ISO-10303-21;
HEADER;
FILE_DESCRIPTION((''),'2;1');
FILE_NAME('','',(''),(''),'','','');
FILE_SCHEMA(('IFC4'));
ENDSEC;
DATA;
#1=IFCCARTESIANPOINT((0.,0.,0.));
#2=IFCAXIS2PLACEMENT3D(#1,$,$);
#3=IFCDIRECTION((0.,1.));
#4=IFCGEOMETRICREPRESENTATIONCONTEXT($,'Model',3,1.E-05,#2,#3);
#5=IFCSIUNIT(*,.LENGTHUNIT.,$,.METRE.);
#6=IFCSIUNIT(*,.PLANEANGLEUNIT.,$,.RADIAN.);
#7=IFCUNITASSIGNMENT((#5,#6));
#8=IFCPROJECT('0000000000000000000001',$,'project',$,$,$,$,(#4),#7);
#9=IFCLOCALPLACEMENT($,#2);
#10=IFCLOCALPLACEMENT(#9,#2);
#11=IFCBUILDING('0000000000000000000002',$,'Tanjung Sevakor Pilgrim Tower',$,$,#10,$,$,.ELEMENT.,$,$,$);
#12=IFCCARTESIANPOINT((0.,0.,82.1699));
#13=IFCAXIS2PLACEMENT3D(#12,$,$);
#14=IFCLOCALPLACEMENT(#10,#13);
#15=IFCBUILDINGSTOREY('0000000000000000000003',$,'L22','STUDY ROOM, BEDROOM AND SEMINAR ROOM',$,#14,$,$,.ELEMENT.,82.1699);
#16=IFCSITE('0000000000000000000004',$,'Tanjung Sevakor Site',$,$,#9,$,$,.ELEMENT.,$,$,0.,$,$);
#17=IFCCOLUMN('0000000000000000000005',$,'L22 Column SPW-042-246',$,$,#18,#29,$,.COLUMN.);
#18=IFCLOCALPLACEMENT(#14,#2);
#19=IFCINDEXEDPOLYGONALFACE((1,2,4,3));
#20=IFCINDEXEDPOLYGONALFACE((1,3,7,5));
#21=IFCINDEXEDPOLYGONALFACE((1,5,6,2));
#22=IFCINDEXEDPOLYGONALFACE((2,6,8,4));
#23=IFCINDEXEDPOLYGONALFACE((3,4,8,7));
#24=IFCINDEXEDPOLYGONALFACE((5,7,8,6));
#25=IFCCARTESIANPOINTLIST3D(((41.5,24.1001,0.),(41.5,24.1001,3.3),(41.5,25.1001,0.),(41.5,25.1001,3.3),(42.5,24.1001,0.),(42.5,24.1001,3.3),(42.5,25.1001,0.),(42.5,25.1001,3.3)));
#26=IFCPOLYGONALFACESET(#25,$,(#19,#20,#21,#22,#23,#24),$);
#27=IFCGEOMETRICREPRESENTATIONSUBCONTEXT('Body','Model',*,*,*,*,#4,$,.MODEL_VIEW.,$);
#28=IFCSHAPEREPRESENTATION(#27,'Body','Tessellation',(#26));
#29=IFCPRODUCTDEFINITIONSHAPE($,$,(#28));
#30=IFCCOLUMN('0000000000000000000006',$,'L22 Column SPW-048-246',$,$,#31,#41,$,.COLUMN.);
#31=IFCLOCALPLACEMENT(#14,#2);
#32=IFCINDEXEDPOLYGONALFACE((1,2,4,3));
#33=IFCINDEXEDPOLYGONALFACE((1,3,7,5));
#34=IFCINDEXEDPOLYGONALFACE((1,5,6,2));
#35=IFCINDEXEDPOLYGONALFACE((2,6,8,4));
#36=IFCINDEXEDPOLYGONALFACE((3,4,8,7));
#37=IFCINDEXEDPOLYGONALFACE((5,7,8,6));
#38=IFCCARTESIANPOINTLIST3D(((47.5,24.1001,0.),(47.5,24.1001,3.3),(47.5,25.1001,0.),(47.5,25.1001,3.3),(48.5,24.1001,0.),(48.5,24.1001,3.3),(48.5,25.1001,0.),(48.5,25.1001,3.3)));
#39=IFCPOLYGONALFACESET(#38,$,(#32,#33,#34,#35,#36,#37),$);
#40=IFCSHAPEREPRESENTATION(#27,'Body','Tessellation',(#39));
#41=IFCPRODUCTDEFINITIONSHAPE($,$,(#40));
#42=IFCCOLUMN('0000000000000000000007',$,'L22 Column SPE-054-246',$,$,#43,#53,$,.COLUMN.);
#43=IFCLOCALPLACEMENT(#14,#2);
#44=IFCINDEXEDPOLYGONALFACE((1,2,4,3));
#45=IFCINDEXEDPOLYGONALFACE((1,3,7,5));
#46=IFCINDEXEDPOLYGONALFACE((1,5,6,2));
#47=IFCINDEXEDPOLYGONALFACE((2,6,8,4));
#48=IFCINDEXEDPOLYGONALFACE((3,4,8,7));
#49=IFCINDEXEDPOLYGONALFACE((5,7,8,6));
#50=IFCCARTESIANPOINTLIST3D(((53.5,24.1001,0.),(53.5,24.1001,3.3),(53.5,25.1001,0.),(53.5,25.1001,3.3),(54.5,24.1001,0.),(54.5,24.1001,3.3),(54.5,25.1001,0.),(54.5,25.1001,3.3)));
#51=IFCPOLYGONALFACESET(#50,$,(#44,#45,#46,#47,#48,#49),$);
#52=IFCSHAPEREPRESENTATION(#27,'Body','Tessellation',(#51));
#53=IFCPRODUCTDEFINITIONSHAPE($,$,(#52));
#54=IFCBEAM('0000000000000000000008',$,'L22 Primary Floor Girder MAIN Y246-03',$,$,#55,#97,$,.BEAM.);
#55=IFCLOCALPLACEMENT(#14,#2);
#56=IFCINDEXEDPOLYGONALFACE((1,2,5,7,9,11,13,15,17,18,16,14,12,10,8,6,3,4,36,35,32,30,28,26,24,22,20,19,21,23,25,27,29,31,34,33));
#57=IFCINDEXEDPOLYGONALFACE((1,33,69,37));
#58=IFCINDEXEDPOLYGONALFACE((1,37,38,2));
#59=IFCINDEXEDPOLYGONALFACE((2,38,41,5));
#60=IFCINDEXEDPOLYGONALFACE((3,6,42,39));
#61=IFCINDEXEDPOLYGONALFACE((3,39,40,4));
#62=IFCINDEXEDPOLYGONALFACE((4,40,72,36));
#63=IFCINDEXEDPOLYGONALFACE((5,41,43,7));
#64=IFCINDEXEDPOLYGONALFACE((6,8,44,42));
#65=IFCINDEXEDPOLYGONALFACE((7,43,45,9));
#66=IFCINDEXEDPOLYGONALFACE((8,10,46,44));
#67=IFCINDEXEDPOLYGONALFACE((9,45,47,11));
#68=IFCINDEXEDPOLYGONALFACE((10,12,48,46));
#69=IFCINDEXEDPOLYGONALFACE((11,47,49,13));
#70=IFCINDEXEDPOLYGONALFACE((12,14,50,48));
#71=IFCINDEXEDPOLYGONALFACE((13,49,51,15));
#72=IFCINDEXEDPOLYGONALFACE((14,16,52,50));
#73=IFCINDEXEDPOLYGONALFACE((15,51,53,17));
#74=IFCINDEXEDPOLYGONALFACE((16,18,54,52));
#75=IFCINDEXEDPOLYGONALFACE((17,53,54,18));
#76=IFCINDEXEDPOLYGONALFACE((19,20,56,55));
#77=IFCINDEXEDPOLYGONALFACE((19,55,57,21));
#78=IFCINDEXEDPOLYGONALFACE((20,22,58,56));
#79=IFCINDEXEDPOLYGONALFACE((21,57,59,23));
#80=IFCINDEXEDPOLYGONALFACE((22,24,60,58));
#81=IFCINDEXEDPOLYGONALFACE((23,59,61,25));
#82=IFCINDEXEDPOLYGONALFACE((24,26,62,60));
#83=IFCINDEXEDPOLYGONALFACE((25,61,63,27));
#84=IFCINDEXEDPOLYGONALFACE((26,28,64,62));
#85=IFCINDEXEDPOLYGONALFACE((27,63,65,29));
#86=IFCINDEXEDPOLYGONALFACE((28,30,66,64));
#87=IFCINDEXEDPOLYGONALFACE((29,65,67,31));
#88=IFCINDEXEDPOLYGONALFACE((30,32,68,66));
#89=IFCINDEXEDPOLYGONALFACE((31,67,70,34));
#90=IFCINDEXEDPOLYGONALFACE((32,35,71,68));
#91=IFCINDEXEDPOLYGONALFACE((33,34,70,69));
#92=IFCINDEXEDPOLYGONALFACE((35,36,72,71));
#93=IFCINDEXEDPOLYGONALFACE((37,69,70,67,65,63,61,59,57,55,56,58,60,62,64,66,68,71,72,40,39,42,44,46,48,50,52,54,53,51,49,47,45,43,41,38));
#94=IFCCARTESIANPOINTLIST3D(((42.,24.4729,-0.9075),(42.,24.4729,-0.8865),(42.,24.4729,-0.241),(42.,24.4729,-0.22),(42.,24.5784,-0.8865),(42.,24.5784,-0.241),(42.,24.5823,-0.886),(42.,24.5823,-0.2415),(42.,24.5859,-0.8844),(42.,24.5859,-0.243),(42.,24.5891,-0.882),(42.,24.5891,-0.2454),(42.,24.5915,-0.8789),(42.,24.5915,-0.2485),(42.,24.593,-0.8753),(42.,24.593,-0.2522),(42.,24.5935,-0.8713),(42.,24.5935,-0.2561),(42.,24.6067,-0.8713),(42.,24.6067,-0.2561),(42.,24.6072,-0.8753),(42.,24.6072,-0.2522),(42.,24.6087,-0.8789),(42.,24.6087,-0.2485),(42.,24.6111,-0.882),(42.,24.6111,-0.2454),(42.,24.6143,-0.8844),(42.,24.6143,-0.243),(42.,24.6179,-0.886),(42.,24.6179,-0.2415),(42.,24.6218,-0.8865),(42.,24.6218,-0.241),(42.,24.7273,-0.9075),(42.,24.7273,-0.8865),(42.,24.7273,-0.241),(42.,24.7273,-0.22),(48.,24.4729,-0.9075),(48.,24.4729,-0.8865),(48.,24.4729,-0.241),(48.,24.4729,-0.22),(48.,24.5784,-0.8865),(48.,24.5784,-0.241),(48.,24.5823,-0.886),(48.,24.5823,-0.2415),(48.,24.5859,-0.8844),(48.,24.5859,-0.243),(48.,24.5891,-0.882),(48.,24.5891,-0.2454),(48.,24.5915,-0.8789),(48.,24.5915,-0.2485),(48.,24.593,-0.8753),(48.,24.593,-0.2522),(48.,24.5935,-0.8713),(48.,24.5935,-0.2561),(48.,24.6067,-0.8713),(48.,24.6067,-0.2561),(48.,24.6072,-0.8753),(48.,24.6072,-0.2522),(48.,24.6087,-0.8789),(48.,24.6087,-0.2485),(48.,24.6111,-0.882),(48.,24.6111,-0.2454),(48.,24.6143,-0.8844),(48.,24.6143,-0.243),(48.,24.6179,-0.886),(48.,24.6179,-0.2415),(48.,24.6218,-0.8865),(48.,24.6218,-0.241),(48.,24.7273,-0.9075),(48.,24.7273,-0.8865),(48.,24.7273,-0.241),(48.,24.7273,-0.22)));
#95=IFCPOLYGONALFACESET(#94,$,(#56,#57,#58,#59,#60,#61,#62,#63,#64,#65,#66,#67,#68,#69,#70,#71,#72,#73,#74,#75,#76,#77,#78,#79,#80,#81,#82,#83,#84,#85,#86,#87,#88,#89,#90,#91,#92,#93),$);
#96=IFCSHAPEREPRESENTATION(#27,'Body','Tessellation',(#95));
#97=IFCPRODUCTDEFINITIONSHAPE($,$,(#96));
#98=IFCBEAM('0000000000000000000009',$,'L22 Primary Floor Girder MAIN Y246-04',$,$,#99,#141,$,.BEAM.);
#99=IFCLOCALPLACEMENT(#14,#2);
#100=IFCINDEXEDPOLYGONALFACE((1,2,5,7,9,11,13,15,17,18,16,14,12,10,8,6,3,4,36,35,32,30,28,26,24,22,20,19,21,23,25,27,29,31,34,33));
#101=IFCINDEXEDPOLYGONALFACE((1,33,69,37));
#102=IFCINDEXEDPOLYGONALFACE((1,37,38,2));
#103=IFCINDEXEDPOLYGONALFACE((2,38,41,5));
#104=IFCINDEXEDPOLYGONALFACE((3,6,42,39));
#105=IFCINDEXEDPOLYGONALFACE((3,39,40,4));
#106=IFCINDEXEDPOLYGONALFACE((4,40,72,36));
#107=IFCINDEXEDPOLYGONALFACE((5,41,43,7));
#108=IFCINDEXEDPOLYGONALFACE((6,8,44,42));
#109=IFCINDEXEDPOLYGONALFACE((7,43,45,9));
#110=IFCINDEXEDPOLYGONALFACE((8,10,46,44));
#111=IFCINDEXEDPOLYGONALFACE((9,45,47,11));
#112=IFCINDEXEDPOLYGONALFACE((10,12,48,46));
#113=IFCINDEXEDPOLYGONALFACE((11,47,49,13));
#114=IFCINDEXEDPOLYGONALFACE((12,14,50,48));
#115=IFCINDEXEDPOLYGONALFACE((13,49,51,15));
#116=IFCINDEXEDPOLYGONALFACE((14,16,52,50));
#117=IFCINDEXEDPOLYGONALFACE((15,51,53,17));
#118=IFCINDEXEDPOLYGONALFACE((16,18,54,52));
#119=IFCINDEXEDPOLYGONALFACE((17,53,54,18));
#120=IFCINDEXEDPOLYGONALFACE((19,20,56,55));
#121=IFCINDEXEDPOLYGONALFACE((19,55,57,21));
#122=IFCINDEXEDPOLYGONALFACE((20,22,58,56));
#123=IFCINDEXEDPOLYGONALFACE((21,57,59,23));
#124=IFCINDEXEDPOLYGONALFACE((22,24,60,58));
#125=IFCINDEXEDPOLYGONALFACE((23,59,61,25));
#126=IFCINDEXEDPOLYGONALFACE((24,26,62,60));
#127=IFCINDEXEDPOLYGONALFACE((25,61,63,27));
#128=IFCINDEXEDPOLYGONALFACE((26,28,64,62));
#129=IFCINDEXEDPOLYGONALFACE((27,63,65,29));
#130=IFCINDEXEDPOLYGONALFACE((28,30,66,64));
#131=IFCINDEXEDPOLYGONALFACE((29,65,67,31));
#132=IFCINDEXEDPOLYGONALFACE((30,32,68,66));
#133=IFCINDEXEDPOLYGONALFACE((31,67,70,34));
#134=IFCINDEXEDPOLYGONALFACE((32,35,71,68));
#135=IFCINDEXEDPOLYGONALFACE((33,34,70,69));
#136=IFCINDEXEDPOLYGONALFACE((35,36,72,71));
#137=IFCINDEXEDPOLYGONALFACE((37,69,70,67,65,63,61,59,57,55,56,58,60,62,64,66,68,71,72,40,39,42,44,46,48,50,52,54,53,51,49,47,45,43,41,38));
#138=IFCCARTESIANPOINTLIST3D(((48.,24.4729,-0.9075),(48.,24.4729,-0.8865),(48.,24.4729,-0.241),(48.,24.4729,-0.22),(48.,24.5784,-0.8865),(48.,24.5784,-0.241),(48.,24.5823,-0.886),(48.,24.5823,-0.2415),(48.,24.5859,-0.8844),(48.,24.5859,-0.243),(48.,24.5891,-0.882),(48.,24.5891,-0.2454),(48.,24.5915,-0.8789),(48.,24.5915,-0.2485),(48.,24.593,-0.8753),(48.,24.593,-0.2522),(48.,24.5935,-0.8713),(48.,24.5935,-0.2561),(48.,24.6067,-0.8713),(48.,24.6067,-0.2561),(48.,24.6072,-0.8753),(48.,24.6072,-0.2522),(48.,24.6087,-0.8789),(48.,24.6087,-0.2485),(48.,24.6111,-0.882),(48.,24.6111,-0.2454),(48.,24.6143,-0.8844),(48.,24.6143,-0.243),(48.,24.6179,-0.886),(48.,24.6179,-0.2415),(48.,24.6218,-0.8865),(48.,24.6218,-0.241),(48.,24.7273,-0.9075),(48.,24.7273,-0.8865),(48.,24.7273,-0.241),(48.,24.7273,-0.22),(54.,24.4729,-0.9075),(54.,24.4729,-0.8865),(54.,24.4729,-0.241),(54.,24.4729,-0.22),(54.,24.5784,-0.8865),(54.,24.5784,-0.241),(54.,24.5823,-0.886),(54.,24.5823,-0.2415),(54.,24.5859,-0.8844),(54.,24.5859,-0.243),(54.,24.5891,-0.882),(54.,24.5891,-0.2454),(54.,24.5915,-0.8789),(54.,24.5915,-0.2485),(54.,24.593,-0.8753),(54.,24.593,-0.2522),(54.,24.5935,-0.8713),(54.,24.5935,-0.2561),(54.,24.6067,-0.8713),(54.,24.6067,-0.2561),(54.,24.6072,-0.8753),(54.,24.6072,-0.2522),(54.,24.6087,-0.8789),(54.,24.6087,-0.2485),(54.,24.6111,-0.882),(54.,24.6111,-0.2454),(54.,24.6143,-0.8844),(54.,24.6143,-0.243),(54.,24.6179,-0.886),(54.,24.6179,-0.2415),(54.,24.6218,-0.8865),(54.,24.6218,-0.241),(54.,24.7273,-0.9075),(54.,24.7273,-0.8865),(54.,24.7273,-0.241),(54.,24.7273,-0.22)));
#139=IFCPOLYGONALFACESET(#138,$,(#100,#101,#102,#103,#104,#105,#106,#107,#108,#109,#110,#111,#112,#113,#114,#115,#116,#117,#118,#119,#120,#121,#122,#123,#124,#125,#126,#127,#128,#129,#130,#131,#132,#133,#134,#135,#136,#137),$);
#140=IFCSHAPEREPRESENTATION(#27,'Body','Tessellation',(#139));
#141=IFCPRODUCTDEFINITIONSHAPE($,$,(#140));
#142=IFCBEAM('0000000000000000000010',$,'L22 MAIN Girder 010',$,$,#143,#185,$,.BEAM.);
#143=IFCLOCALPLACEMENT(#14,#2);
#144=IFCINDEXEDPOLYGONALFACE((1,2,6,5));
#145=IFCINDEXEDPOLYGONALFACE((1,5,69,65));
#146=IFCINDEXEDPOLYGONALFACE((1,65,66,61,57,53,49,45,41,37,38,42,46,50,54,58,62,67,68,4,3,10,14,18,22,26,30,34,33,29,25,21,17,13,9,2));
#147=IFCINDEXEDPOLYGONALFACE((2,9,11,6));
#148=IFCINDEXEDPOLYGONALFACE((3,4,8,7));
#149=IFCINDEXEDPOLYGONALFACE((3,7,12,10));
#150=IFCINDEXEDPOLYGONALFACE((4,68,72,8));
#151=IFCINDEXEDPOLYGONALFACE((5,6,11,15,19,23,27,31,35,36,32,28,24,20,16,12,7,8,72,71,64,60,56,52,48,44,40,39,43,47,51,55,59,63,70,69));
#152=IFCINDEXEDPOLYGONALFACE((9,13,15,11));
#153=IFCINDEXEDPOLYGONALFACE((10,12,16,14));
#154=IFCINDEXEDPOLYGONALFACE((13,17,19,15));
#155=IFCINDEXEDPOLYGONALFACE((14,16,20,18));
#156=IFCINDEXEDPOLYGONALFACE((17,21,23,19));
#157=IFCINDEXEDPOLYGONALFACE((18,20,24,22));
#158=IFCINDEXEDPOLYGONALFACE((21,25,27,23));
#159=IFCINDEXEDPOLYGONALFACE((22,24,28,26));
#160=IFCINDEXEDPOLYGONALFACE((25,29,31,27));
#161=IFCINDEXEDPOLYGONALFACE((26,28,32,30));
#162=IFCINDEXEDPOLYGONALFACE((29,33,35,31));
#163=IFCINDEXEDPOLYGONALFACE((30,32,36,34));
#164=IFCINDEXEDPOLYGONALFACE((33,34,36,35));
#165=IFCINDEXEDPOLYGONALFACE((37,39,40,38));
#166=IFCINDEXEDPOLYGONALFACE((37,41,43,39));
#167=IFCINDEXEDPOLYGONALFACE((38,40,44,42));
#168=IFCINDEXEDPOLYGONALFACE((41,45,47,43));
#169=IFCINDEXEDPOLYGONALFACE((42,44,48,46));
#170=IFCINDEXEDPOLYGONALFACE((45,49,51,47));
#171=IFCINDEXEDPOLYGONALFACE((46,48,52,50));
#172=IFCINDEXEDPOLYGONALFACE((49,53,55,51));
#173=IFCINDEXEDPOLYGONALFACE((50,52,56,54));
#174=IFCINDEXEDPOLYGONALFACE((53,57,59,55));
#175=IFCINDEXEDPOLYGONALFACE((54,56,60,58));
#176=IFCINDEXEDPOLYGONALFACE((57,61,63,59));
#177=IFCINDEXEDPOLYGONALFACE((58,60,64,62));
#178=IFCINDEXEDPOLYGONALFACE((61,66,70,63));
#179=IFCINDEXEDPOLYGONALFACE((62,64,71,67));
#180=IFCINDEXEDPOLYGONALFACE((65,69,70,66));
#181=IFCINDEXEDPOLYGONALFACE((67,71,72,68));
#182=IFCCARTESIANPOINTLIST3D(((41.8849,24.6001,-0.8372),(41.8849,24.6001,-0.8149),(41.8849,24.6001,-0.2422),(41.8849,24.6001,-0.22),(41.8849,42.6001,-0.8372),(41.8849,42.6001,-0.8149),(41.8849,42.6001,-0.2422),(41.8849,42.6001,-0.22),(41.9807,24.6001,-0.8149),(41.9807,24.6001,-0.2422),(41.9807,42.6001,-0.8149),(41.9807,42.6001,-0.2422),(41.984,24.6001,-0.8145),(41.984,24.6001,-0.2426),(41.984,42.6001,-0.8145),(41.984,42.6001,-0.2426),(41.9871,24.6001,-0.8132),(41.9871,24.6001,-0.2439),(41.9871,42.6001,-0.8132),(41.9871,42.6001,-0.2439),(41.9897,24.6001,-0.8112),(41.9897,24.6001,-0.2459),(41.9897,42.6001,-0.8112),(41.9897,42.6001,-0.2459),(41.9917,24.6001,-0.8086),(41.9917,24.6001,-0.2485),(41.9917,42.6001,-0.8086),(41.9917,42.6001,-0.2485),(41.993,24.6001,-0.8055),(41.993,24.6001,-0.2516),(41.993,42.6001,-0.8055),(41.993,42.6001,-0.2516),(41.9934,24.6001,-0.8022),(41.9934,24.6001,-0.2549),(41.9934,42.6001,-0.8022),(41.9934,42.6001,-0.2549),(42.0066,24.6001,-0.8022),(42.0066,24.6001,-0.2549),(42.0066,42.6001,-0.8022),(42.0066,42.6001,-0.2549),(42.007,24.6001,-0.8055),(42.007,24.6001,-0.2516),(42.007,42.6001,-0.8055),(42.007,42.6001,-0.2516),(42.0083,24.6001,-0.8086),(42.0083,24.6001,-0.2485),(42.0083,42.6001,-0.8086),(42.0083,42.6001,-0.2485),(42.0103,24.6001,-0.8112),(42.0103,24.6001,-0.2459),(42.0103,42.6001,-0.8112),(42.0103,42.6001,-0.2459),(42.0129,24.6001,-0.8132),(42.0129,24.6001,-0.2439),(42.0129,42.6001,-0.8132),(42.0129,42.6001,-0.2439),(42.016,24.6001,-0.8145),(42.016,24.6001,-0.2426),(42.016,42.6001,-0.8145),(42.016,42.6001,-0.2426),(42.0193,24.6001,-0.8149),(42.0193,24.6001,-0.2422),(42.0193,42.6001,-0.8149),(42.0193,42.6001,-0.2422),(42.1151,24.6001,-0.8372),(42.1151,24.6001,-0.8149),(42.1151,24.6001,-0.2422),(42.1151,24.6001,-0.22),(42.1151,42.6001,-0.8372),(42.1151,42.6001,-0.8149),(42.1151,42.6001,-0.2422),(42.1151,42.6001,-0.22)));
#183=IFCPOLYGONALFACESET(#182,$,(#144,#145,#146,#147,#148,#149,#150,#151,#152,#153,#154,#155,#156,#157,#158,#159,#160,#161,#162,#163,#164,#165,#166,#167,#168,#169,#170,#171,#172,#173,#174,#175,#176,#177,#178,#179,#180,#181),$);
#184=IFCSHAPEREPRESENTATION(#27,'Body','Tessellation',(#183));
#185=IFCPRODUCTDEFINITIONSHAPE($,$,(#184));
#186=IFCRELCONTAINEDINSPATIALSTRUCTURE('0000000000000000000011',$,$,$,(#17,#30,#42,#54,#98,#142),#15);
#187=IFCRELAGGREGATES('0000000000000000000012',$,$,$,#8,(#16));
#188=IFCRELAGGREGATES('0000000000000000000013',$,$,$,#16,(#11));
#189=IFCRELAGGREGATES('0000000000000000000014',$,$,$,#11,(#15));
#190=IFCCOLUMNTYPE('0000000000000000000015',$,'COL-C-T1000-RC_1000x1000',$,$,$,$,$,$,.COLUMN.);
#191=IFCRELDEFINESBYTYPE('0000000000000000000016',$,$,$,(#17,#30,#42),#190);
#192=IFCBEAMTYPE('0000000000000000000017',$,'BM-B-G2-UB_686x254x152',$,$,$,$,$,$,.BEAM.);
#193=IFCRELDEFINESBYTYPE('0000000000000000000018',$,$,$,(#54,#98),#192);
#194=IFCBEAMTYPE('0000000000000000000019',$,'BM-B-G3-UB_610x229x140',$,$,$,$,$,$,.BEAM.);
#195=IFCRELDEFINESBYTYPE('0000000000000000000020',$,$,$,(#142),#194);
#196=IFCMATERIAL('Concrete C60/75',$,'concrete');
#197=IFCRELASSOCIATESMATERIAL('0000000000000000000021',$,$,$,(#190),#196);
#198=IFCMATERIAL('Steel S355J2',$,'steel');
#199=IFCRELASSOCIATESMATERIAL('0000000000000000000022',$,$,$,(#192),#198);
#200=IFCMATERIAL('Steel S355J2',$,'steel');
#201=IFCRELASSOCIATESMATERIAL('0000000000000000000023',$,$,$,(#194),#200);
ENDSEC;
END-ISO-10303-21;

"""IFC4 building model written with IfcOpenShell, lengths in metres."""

from ifc_helpers import new_model, si_unit, direction, frame, origin, origin_2d, place, context, subcontext, project, spatial, rectangle, i_section, extrude, material, material_profile, profile_set, type_object, element, save


model = new_model("IFC4")

# Units and contexts
model_context = context("Model", 3, precision=1e-05, world=origin(), true_north=direction((0.0, 1.0)))
body_context = subcontext(model_context, "Body", "Model", "MODEL_VIEW")
ifc_project = project(units=[si_unit("LENGTHUNIT", "METRE"), si_unit("PLANEANGLEUNIT", "RADIAN")], contexts=[model_context])

# Site, building, storey
site_placement = place(None, origin())
site = spatial("IfcSite", under=ifc_project, at=site_placement, Name="Tanjung Sevakor Site", CompositionType="ELEMENT", RefElevation=0.0)
building_placement = place(site_placement, origin())
building = spatial("IfcBuilding", under=site, at=building_placement, Name="Tanjung Sevakor Pilgrim Tower", CompositionType="ELEMENT")
storey_placement = place(building_placement, frame((0.0, 0.0, 82.1699)))
storey = spatial("IfcBuildingStorey", under=building, at=storey_placement, Name="L22", Description="STUDY ROOM, BEDROOM AND SEMINAR ROOM", CompositionType="ELEMENT", Elevation=82.1699)

# Columns
ifc_material_1 = material(Name="Concrete C60/75", Category="concrete")
ifc_material_profile_1 = material_profile(ifc_material_1, rectangle(XDim=1.0, YDim=1.0, at=origin_2d()))
ifc_profile_set_1 = profile_set([ifc_material_profile_1], Name="Concrete C60/75")
column_type = type_object("IfcColumnType", Name="COL-C-T1000-RC_1000x1000", PredefinedType="COLUMN", material=ifc_profile_set_1)
for number, where, z_axis, x_axis, name in (
    (1, (42.0, 24.6001, 0.0), (0.0, 0.0, 1.0), (1.0, 0.0, 0.0), "L22 Column SPW-042-246"),
    (2, (48.0, 24.6001, 0.0), (0.0, 0.0, 1.0), (1.0, 0.0, 0.0), "L22 Column SPW-048-246"),
    (3, (54.0, 24.6001, 0.0), (0.0, 0.0, 1.0), (1.0, 0.0, 0.0), "L22 Column SPE-054-246"),
):
    element("IfcColumn", number, at=place(storey_placement, frame(where, z_axis=z_axis, x_axis=x_axis)), inside=storey, type_object=column_type, Name=name, PredefinedType="COLUMN", context=body_context, shape_type="SweptSolid", body=[
        extrude(rectangle(XDim=1.0, YDim=1.0, at=origin_2d()), origin(), (0.0, 0.0, 1.0), 3.3),
    ])

# Beams
ifc_material_2 = material(Name="Steel S355J2", Category="steel")
ifc_material_profile_2 = material_profile(ifc_material_2, i_section(OverallWidth=0.2544, OverallDepth=0.6875, WebThickness=0.0132, FlangeThickness=0.021, FilletRadius=0.0151, at=origin_2d()))
ifc_profile_set_2 = profile_set([ifc_material_profile_2], Name="Steel S355J2")
beam_type_1 = type_object("IfcBeamType", Name="BM-B-G2-UB_686x254x152", PredefinedType="BEAM", material=ifc_profile_set_2)
for number, where, z_axis, x_axis, name in (
    (4, (42.0, 24.6001, -0.5637), (1.0, 0.0, 0.0), (0.0, 1.0, 0.0), "L22 Primary Floor Girder MAIN Y246-03"),
    (5, (48.0, 24.6001, -0.5637), (1.0, 0.0, 0.0), (0.0, 1.0, 0.0), "L22 Primary Floor Girder MAIN Y246-04"),
):
    element("IfcBeam", number, at=place(storey_placement, frame(where, z_axis=z_axis, x_axis=x_axis)), inside=storey, type_object=beam_type_1, Name=name, PredefinedType="BEAM", context=body_context, shape_type="SweptSolid", body=[
        extrude(i_section(OverallWidth=0.2544, OverallDepth=0.6875, WebThickness=0.0132, FlangeThickness=0.021, FilletRadius=0.0151, at=origin_2d()), origin(), (0.0, 0.0, 1.0), 6.0),
    ])
ifc_material_3 = material(Name="Steel S355J2", Category="steel")
ifc_material_profile_3 = material_profile(ifc_material_3, i_section(OverallWidth=0.2302, OverallDepth=0.6172, WebThickness=0.0132, FlangeThickness=0.0222, FilletRadius=0.0127, at=origin_2d()))
ifc_profile_set_3 = profile_set([ifc_material_profile_3], Name="Steel S355J2")
beam_type_2 = type_object("IfcBeamType", Name="BM-B-G3-UB_610x229x140", PredefinedType="BEAM", material=ifc_profile_set_3)
beam_placement = place(storey_placement, frame((42.0, 24.6001, -0.5286), z_axis=(0.0, 1.0, 0.0), x_axis=(-1.0, 0.0, 0.0)))
element("IfcBeam", 6, at=beam_placement, inside=storey, type_object=beam_type_2, Name="L22 MAIN Girder 010", PredefinedType="BEAM", context=body_context, shape_type="SweptSolid", body=[
    extrude(i_section(OverallWidth=0.2302, OverallDepth=0.6172, WebThickness=0.0132, FlangeThickness=0.0222, FilletRadius=0.0127, at=origin_2d()), origin(), (0.0, 0.0, 1.0), 18.0),
])

save(model, "model.ifc")
